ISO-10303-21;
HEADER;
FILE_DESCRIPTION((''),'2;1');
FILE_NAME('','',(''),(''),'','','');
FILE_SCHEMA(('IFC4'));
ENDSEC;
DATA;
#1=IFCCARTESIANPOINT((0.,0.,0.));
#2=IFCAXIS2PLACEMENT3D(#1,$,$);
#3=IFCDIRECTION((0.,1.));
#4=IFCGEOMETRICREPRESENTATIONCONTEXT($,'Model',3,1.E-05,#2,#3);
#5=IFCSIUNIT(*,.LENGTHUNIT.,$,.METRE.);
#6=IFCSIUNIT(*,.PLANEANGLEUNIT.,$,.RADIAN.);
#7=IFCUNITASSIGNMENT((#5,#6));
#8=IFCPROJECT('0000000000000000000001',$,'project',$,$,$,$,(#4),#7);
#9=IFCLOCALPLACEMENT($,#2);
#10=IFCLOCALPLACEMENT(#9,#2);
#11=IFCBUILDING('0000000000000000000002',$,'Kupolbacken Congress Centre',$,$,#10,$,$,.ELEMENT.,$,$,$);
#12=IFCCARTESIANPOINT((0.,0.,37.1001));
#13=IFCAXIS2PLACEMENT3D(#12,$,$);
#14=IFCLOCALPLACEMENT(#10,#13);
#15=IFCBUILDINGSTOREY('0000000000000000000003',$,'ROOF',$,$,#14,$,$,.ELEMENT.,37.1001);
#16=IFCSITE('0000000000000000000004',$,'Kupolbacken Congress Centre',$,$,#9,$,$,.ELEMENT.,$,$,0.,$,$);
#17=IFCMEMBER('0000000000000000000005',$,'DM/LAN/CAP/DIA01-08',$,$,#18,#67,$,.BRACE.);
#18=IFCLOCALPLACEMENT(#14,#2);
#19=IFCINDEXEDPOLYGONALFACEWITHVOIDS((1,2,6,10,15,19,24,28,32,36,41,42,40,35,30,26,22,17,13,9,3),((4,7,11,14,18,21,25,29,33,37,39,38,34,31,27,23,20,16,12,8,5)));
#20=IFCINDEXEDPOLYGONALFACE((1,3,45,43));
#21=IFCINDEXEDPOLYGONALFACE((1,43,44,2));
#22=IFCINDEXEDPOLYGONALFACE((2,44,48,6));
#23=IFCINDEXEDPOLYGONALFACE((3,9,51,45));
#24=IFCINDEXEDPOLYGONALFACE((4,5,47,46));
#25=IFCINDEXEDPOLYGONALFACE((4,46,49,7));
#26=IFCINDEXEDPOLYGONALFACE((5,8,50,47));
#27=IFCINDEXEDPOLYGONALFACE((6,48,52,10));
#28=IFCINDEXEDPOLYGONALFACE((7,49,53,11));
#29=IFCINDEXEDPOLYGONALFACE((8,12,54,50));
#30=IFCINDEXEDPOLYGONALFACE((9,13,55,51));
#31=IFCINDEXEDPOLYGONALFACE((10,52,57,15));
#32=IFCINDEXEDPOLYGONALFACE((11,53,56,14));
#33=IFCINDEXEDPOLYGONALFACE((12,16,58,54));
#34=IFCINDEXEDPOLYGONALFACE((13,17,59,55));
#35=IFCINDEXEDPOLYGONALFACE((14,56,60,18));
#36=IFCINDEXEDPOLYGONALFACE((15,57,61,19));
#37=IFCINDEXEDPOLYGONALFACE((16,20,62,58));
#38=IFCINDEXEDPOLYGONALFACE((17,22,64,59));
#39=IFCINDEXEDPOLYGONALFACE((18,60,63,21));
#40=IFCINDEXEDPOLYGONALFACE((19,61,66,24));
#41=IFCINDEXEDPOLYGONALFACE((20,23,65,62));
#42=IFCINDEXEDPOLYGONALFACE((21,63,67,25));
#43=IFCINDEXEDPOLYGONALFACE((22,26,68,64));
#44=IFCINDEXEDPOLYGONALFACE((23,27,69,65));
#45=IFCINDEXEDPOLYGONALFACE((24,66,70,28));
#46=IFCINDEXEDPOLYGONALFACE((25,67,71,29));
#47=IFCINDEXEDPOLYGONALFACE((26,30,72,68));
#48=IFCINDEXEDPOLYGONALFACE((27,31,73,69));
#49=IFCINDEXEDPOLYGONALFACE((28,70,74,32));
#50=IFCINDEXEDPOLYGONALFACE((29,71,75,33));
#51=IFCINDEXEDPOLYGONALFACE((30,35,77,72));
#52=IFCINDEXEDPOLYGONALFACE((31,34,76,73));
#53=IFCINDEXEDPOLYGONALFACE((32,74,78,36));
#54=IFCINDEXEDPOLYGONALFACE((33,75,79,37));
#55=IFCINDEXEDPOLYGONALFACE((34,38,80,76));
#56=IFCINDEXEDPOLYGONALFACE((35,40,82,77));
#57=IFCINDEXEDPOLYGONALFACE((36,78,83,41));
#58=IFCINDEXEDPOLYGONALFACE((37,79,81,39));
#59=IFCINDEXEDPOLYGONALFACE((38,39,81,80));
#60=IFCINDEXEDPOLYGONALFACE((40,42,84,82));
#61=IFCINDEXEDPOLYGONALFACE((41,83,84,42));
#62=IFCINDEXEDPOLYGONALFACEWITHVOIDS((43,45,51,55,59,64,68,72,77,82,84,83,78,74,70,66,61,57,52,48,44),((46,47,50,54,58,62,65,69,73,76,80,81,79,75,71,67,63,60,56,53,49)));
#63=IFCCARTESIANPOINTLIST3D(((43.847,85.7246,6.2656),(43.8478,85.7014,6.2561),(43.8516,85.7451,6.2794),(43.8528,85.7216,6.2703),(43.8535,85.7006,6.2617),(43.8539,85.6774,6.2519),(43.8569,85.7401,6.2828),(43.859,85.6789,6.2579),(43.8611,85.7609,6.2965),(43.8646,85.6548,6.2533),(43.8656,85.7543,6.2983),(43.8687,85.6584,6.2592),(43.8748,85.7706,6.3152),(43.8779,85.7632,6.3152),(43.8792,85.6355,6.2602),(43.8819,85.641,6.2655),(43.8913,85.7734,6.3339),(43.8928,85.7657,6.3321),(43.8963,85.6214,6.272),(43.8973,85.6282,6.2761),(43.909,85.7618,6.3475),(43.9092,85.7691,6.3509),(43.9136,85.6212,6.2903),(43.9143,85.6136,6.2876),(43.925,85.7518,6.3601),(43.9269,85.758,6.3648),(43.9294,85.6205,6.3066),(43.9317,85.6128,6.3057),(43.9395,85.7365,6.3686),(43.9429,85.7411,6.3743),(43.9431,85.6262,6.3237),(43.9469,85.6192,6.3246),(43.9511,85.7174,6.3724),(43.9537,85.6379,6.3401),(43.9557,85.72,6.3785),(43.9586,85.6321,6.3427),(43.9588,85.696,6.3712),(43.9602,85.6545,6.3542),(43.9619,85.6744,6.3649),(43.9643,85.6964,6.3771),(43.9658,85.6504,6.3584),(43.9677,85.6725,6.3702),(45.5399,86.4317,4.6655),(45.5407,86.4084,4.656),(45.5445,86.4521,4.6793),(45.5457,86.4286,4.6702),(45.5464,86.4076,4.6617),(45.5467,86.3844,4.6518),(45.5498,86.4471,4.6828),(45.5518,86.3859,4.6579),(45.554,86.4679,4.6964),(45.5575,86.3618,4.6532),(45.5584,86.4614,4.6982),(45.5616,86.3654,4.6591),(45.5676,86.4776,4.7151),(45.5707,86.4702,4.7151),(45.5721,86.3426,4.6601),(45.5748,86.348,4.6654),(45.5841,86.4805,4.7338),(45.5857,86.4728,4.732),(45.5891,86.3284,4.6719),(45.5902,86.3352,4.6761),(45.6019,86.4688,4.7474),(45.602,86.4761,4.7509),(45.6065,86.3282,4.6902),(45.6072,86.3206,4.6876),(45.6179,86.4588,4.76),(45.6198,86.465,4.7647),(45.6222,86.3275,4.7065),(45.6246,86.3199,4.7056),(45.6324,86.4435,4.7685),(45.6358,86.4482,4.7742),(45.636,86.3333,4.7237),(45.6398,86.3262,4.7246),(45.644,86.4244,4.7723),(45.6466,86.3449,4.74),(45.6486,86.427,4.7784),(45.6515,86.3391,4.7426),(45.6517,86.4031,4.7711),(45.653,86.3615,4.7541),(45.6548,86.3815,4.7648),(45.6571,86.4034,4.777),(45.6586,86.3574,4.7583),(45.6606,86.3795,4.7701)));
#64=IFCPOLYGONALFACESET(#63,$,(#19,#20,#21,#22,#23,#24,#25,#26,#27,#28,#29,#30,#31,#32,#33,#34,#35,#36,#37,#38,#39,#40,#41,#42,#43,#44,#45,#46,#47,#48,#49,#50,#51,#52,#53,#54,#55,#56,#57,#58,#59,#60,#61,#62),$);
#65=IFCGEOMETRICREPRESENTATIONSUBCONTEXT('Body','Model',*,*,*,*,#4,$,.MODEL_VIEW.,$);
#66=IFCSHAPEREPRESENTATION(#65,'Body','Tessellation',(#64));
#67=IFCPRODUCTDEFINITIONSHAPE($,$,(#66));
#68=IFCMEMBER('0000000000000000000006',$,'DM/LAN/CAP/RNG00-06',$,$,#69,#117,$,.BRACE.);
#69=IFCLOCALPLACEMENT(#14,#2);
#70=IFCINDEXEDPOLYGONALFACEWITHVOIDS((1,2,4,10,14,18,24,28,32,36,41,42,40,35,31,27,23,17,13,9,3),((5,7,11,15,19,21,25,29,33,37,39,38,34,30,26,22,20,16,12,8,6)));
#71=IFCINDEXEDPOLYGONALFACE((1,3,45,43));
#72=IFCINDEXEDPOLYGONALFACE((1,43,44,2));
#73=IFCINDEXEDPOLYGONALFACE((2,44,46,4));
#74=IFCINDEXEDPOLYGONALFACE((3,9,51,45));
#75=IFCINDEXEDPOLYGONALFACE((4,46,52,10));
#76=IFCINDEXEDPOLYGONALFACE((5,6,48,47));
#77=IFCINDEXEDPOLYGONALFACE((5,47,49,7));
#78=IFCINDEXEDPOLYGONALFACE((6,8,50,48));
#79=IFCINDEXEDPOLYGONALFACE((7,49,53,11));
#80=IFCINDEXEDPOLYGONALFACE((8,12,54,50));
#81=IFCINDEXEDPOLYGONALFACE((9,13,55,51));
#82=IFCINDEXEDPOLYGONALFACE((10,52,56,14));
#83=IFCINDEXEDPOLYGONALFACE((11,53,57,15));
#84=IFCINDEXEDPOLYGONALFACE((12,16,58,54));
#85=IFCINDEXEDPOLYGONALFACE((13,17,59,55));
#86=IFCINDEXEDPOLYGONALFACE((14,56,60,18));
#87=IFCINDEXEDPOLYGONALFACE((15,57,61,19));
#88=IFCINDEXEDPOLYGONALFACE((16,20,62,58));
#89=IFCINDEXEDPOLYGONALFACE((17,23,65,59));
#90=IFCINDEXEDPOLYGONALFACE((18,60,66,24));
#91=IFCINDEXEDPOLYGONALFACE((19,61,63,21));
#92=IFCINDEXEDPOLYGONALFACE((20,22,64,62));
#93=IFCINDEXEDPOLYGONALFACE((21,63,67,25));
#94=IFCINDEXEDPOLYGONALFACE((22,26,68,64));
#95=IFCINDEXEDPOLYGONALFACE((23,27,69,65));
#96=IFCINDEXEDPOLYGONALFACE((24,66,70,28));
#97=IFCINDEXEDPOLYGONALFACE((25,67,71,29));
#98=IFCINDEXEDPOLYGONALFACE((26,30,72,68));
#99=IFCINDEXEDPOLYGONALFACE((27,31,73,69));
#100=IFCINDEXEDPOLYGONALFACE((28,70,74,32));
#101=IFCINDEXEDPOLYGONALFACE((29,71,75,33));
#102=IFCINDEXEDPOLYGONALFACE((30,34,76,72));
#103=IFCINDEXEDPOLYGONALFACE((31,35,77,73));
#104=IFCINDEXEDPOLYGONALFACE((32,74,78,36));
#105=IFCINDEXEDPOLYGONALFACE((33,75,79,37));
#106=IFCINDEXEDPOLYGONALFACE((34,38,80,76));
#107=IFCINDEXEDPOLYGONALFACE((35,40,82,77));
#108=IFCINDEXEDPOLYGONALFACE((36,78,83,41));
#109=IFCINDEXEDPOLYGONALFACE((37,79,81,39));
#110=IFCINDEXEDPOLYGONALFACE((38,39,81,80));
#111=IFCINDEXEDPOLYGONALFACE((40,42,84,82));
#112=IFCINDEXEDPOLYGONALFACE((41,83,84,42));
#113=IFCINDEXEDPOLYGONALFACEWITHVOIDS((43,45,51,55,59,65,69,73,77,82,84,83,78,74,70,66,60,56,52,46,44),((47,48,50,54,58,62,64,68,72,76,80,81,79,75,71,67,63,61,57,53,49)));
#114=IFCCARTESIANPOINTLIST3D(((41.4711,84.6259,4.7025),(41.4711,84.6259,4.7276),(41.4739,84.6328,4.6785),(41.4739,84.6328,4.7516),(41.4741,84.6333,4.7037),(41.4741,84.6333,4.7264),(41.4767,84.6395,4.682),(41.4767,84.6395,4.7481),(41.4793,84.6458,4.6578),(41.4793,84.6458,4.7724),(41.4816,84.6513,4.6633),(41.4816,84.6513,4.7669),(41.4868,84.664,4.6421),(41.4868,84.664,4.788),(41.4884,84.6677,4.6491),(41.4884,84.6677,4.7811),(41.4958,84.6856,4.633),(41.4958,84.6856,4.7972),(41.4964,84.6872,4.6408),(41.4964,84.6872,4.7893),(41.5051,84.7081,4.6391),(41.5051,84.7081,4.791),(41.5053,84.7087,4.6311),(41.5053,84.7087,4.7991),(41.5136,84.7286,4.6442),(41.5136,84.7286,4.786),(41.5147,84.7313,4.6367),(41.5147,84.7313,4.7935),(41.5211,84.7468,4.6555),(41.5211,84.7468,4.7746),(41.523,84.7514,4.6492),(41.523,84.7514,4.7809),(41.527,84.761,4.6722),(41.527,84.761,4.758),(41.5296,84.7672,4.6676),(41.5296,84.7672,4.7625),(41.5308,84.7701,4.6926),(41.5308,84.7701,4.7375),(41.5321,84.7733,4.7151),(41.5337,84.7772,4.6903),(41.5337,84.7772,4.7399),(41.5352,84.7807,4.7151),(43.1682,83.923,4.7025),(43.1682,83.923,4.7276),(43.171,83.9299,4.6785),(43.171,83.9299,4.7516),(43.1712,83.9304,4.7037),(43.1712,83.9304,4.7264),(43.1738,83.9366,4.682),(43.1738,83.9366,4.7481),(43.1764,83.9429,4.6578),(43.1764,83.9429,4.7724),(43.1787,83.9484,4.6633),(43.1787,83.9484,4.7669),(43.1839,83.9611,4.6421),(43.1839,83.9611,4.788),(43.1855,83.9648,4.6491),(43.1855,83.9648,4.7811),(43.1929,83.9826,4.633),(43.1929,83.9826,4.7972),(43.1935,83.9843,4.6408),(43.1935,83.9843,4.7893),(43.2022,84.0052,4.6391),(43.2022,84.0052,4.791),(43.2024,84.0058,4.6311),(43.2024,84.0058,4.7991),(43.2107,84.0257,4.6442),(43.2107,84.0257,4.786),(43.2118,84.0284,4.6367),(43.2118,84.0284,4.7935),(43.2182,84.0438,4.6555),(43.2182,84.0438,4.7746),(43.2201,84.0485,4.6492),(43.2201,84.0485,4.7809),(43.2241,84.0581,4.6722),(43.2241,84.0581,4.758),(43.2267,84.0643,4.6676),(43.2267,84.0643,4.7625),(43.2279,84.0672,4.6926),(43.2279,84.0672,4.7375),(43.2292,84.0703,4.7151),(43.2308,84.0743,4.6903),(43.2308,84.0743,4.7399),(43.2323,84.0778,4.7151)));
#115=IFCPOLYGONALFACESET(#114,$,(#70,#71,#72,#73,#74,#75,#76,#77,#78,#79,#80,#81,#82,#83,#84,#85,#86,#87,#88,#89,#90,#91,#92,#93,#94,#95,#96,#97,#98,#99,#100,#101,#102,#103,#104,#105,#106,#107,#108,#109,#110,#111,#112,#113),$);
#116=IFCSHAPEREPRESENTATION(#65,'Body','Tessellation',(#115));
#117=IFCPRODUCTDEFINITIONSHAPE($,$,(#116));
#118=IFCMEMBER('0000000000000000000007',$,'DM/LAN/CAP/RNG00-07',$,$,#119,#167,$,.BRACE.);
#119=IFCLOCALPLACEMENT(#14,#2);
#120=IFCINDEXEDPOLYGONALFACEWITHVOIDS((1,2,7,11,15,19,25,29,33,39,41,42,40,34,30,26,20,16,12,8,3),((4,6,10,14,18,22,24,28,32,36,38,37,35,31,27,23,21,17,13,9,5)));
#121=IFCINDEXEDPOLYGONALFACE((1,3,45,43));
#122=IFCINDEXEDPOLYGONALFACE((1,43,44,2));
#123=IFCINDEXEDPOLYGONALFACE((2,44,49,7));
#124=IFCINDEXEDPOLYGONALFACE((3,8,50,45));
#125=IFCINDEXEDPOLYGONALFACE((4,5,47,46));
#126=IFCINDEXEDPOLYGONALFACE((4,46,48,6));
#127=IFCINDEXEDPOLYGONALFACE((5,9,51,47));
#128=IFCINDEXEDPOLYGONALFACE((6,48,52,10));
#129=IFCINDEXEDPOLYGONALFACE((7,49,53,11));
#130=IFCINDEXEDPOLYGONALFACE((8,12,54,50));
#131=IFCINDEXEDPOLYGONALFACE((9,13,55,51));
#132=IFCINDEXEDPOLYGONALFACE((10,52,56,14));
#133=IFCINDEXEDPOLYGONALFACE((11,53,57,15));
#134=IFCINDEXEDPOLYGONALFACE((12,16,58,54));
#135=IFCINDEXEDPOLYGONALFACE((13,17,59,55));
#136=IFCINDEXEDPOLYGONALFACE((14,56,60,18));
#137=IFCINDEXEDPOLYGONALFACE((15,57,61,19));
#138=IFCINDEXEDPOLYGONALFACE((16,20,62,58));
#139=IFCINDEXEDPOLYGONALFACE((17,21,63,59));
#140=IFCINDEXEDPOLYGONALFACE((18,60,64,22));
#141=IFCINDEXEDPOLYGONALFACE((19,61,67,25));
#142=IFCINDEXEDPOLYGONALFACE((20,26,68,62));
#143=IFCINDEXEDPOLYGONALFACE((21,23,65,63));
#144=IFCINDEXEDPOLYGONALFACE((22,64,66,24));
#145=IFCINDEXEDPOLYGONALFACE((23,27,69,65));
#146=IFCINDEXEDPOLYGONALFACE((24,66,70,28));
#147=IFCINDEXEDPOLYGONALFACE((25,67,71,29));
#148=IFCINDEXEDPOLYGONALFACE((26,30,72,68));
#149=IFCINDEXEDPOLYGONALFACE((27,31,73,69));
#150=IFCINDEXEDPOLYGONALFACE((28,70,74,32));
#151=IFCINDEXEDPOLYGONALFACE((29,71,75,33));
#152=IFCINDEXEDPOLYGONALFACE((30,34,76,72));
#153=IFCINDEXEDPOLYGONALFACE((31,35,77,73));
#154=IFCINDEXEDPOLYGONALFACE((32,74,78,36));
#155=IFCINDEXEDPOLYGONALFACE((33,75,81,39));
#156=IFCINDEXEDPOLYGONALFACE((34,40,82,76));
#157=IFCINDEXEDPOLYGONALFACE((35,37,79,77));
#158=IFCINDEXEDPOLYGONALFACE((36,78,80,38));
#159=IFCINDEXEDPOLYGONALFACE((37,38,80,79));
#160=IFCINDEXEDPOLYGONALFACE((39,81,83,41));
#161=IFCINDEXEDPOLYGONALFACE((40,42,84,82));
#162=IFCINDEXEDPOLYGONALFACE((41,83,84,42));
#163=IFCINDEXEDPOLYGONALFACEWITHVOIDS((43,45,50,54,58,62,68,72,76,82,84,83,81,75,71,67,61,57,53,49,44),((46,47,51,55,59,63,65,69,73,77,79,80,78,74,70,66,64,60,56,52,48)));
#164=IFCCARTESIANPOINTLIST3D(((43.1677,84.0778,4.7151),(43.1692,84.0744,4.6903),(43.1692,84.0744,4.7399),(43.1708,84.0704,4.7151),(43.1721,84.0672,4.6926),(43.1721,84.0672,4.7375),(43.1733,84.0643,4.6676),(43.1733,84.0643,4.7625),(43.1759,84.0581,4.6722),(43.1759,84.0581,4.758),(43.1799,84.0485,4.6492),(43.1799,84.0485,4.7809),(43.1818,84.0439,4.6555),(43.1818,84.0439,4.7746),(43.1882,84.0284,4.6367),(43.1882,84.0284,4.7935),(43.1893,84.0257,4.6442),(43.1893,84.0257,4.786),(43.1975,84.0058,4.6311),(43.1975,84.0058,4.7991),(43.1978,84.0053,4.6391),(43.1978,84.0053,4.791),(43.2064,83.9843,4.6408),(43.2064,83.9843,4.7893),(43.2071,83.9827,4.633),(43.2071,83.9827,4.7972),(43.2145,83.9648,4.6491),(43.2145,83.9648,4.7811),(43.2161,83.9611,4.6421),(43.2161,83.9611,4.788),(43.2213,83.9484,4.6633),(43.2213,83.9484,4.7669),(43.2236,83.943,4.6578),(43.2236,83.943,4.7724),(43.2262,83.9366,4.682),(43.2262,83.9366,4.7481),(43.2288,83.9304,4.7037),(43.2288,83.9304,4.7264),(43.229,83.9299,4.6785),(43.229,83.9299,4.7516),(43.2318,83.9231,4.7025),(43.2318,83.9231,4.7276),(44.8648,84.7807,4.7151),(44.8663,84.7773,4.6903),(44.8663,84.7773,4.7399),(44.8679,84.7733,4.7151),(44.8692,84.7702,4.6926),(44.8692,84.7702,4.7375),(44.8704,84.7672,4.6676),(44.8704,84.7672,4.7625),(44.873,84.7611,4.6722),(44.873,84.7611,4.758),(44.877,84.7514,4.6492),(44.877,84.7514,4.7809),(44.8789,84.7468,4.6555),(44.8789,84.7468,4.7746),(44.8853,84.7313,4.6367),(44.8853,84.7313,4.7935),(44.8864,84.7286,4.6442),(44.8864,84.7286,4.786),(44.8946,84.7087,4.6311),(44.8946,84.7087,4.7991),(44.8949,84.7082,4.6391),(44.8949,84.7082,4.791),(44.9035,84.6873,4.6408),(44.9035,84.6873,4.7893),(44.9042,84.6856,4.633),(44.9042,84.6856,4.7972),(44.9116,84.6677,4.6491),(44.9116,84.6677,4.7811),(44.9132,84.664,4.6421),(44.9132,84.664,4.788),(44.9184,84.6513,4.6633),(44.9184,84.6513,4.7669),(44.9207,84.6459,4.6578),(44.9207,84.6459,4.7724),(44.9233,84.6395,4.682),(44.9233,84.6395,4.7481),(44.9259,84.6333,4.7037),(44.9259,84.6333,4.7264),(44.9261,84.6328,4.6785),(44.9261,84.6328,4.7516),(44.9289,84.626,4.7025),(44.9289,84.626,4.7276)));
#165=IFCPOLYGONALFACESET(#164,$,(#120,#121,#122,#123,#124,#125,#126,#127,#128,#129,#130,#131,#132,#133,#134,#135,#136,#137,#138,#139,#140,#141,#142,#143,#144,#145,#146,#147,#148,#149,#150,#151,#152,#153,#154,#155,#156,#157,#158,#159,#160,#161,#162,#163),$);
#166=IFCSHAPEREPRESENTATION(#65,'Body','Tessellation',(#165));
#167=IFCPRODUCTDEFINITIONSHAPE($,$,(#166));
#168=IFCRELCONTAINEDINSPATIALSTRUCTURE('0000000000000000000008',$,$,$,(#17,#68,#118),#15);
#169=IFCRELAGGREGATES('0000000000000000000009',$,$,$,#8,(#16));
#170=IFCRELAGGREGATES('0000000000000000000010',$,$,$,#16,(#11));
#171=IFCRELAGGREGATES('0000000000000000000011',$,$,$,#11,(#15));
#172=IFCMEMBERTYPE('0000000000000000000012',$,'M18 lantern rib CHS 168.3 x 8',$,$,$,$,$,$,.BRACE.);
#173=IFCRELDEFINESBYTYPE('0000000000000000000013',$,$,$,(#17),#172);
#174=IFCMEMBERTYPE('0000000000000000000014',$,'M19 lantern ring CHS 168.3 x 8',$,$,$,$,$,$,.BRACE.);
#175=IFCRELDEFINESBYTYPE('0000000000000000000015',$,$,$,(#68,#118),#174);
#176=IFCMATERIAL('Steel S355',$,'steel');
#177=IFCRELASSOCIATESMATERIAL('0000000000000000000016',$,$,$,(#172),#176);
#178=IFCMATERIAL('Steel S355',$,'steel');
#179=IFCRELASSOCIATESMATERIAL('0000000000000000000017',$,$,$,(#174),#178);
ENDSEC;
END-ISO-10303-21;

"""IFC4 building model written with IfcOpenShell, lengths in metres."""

from ifc_helpers import new_model, si_unit, direction, frame, origin, origin_2d, place, context, subcontext, project, spatial, hollow_circle, extrude, material, material_profile, profile_set, type_object, element, save


model = new_model("IFC4")

# Units and contexts
model_context = context("Model", 3, precision=1e-05, world=origin(), true_north=direction((0.0, 1.0)))
body_context = subcontext(model_context, "Body", "Model", "MODEL_VIEW")
ifc_project = project(units=[si_unit("LENGTHUNIT", "METRE"), si_unit("PLANEANGLEUNIT", "RADIAN")], contexts=[model_context])

# Site, building, storey
site_placement = place(None, origin())
site = spatial("IfcSite", under=ifc_project, at=site_placement, Name="Kupolbacken Congress Centre", CompositionType="ELEMENT", RefElevation=0.0)
building_placement = place(site_placement, origin())
building = spatial("IfcBuilding", under=site, at=building_placement, Name="Kupolbacken Congress Centre", CompositionType="ELEMENT")
storey_placement = place(building_placement, frame((0.0, 0.0, 37.1001)))
storey = spatial("IfcBuildingStorey", under=building, at=storey_placement, Name="ROOF", CompositionType="ELEMENT", Elevation=37.1001)

# Members
ifc_material_1 = material(Name="Steel S355", Category="steel")
ifc_material_profile_1 = material_profile(ifc_material_1, hollow_circle(Radius=0.0842, WallThickness=0.0081, at=origin_2d()), Name="CHS 168.3 x 8")
ifc_profile_set_1 = profile_set([ifc_material_profile_1], Name="Steel S355")
member_type_1 = type_object("IfcMemberType", Name="M18 lantern rib CHS 168.3 x 8", PredefinedType="BRACE", material=ifc_profile_set_1)
for number, where, z_axis, x_axis, name in (
    (1, (43.9072, 85.6929, 6.3152), (0.695412, 0.29044, -0.657302), (-0.38539, 0.922754, 0.0), "DM/LAN/CAP/DIA01-08"),
):
    element("IfcMember", number, at=place(storey_placement, frame(where, z_axis=z_axis, x_axis=x_axis)), inside=storey, type_object=member_type_1, Name=name, PredefinedType="BRACE", context=body_context, shape_type="SweptSolid", body=[
        extrude(hollow_circle(Radius=0.0842, WallThickness=0.0081, at=origin_2d()), origin(), (0.0, 0.0, 1.0), 2.4343),
    ])
ifc_material_2 = material(Name="Steel S355", Category="steel")
ifc_material_profile_2 = material_profile(ifc_material_2, hollow_circle(Radius=0.0842, WallThickness=0.0081, at=origin_2d()), Name="CHS 168.3 x 8")
ifc_profile_set_2 = profile_set([ifc_material_profile_2], Name="Steel S355")
member_type_2 = type_object("IfcMemberType", Name="M19 lantern ring CHS 168.3 x 8", PredefinedType="BRACE", material=ifc_profile_set_2)
for number, where, z_axis, x_axis, name in (
    (2, (41.5029, 84.7029, 4.7151), (0.923889, -0.382661, 0.0), (0.382661, 0.923889, 0.0), "DM/LAN/CAP/RNG00-06"),
    (3, (43.2, 84.0, 4.7151), (0.923889, 0.382661, 0.0), (-0.382661, 0.923889, 0.0), "DM/LAN/CAP/RNG00-07"),
):
    element("IfcMember", number, at=place(storey_placement, frame(where, z_axis=z_axis, x_axis=x_axis)), inside=storey, type_object=member_type_2, Name=name, PredefinedType="BRACE", context=body_context, shape_type="SweptSolid", body=[
        extrude(hollow_circle(Radius=0.0842, WallThickness=0.0081, at=origin_2d()), origin(), (0.0, 0.0, 1.0), 1.8369),
    ])

save(model, "model.ifc")
